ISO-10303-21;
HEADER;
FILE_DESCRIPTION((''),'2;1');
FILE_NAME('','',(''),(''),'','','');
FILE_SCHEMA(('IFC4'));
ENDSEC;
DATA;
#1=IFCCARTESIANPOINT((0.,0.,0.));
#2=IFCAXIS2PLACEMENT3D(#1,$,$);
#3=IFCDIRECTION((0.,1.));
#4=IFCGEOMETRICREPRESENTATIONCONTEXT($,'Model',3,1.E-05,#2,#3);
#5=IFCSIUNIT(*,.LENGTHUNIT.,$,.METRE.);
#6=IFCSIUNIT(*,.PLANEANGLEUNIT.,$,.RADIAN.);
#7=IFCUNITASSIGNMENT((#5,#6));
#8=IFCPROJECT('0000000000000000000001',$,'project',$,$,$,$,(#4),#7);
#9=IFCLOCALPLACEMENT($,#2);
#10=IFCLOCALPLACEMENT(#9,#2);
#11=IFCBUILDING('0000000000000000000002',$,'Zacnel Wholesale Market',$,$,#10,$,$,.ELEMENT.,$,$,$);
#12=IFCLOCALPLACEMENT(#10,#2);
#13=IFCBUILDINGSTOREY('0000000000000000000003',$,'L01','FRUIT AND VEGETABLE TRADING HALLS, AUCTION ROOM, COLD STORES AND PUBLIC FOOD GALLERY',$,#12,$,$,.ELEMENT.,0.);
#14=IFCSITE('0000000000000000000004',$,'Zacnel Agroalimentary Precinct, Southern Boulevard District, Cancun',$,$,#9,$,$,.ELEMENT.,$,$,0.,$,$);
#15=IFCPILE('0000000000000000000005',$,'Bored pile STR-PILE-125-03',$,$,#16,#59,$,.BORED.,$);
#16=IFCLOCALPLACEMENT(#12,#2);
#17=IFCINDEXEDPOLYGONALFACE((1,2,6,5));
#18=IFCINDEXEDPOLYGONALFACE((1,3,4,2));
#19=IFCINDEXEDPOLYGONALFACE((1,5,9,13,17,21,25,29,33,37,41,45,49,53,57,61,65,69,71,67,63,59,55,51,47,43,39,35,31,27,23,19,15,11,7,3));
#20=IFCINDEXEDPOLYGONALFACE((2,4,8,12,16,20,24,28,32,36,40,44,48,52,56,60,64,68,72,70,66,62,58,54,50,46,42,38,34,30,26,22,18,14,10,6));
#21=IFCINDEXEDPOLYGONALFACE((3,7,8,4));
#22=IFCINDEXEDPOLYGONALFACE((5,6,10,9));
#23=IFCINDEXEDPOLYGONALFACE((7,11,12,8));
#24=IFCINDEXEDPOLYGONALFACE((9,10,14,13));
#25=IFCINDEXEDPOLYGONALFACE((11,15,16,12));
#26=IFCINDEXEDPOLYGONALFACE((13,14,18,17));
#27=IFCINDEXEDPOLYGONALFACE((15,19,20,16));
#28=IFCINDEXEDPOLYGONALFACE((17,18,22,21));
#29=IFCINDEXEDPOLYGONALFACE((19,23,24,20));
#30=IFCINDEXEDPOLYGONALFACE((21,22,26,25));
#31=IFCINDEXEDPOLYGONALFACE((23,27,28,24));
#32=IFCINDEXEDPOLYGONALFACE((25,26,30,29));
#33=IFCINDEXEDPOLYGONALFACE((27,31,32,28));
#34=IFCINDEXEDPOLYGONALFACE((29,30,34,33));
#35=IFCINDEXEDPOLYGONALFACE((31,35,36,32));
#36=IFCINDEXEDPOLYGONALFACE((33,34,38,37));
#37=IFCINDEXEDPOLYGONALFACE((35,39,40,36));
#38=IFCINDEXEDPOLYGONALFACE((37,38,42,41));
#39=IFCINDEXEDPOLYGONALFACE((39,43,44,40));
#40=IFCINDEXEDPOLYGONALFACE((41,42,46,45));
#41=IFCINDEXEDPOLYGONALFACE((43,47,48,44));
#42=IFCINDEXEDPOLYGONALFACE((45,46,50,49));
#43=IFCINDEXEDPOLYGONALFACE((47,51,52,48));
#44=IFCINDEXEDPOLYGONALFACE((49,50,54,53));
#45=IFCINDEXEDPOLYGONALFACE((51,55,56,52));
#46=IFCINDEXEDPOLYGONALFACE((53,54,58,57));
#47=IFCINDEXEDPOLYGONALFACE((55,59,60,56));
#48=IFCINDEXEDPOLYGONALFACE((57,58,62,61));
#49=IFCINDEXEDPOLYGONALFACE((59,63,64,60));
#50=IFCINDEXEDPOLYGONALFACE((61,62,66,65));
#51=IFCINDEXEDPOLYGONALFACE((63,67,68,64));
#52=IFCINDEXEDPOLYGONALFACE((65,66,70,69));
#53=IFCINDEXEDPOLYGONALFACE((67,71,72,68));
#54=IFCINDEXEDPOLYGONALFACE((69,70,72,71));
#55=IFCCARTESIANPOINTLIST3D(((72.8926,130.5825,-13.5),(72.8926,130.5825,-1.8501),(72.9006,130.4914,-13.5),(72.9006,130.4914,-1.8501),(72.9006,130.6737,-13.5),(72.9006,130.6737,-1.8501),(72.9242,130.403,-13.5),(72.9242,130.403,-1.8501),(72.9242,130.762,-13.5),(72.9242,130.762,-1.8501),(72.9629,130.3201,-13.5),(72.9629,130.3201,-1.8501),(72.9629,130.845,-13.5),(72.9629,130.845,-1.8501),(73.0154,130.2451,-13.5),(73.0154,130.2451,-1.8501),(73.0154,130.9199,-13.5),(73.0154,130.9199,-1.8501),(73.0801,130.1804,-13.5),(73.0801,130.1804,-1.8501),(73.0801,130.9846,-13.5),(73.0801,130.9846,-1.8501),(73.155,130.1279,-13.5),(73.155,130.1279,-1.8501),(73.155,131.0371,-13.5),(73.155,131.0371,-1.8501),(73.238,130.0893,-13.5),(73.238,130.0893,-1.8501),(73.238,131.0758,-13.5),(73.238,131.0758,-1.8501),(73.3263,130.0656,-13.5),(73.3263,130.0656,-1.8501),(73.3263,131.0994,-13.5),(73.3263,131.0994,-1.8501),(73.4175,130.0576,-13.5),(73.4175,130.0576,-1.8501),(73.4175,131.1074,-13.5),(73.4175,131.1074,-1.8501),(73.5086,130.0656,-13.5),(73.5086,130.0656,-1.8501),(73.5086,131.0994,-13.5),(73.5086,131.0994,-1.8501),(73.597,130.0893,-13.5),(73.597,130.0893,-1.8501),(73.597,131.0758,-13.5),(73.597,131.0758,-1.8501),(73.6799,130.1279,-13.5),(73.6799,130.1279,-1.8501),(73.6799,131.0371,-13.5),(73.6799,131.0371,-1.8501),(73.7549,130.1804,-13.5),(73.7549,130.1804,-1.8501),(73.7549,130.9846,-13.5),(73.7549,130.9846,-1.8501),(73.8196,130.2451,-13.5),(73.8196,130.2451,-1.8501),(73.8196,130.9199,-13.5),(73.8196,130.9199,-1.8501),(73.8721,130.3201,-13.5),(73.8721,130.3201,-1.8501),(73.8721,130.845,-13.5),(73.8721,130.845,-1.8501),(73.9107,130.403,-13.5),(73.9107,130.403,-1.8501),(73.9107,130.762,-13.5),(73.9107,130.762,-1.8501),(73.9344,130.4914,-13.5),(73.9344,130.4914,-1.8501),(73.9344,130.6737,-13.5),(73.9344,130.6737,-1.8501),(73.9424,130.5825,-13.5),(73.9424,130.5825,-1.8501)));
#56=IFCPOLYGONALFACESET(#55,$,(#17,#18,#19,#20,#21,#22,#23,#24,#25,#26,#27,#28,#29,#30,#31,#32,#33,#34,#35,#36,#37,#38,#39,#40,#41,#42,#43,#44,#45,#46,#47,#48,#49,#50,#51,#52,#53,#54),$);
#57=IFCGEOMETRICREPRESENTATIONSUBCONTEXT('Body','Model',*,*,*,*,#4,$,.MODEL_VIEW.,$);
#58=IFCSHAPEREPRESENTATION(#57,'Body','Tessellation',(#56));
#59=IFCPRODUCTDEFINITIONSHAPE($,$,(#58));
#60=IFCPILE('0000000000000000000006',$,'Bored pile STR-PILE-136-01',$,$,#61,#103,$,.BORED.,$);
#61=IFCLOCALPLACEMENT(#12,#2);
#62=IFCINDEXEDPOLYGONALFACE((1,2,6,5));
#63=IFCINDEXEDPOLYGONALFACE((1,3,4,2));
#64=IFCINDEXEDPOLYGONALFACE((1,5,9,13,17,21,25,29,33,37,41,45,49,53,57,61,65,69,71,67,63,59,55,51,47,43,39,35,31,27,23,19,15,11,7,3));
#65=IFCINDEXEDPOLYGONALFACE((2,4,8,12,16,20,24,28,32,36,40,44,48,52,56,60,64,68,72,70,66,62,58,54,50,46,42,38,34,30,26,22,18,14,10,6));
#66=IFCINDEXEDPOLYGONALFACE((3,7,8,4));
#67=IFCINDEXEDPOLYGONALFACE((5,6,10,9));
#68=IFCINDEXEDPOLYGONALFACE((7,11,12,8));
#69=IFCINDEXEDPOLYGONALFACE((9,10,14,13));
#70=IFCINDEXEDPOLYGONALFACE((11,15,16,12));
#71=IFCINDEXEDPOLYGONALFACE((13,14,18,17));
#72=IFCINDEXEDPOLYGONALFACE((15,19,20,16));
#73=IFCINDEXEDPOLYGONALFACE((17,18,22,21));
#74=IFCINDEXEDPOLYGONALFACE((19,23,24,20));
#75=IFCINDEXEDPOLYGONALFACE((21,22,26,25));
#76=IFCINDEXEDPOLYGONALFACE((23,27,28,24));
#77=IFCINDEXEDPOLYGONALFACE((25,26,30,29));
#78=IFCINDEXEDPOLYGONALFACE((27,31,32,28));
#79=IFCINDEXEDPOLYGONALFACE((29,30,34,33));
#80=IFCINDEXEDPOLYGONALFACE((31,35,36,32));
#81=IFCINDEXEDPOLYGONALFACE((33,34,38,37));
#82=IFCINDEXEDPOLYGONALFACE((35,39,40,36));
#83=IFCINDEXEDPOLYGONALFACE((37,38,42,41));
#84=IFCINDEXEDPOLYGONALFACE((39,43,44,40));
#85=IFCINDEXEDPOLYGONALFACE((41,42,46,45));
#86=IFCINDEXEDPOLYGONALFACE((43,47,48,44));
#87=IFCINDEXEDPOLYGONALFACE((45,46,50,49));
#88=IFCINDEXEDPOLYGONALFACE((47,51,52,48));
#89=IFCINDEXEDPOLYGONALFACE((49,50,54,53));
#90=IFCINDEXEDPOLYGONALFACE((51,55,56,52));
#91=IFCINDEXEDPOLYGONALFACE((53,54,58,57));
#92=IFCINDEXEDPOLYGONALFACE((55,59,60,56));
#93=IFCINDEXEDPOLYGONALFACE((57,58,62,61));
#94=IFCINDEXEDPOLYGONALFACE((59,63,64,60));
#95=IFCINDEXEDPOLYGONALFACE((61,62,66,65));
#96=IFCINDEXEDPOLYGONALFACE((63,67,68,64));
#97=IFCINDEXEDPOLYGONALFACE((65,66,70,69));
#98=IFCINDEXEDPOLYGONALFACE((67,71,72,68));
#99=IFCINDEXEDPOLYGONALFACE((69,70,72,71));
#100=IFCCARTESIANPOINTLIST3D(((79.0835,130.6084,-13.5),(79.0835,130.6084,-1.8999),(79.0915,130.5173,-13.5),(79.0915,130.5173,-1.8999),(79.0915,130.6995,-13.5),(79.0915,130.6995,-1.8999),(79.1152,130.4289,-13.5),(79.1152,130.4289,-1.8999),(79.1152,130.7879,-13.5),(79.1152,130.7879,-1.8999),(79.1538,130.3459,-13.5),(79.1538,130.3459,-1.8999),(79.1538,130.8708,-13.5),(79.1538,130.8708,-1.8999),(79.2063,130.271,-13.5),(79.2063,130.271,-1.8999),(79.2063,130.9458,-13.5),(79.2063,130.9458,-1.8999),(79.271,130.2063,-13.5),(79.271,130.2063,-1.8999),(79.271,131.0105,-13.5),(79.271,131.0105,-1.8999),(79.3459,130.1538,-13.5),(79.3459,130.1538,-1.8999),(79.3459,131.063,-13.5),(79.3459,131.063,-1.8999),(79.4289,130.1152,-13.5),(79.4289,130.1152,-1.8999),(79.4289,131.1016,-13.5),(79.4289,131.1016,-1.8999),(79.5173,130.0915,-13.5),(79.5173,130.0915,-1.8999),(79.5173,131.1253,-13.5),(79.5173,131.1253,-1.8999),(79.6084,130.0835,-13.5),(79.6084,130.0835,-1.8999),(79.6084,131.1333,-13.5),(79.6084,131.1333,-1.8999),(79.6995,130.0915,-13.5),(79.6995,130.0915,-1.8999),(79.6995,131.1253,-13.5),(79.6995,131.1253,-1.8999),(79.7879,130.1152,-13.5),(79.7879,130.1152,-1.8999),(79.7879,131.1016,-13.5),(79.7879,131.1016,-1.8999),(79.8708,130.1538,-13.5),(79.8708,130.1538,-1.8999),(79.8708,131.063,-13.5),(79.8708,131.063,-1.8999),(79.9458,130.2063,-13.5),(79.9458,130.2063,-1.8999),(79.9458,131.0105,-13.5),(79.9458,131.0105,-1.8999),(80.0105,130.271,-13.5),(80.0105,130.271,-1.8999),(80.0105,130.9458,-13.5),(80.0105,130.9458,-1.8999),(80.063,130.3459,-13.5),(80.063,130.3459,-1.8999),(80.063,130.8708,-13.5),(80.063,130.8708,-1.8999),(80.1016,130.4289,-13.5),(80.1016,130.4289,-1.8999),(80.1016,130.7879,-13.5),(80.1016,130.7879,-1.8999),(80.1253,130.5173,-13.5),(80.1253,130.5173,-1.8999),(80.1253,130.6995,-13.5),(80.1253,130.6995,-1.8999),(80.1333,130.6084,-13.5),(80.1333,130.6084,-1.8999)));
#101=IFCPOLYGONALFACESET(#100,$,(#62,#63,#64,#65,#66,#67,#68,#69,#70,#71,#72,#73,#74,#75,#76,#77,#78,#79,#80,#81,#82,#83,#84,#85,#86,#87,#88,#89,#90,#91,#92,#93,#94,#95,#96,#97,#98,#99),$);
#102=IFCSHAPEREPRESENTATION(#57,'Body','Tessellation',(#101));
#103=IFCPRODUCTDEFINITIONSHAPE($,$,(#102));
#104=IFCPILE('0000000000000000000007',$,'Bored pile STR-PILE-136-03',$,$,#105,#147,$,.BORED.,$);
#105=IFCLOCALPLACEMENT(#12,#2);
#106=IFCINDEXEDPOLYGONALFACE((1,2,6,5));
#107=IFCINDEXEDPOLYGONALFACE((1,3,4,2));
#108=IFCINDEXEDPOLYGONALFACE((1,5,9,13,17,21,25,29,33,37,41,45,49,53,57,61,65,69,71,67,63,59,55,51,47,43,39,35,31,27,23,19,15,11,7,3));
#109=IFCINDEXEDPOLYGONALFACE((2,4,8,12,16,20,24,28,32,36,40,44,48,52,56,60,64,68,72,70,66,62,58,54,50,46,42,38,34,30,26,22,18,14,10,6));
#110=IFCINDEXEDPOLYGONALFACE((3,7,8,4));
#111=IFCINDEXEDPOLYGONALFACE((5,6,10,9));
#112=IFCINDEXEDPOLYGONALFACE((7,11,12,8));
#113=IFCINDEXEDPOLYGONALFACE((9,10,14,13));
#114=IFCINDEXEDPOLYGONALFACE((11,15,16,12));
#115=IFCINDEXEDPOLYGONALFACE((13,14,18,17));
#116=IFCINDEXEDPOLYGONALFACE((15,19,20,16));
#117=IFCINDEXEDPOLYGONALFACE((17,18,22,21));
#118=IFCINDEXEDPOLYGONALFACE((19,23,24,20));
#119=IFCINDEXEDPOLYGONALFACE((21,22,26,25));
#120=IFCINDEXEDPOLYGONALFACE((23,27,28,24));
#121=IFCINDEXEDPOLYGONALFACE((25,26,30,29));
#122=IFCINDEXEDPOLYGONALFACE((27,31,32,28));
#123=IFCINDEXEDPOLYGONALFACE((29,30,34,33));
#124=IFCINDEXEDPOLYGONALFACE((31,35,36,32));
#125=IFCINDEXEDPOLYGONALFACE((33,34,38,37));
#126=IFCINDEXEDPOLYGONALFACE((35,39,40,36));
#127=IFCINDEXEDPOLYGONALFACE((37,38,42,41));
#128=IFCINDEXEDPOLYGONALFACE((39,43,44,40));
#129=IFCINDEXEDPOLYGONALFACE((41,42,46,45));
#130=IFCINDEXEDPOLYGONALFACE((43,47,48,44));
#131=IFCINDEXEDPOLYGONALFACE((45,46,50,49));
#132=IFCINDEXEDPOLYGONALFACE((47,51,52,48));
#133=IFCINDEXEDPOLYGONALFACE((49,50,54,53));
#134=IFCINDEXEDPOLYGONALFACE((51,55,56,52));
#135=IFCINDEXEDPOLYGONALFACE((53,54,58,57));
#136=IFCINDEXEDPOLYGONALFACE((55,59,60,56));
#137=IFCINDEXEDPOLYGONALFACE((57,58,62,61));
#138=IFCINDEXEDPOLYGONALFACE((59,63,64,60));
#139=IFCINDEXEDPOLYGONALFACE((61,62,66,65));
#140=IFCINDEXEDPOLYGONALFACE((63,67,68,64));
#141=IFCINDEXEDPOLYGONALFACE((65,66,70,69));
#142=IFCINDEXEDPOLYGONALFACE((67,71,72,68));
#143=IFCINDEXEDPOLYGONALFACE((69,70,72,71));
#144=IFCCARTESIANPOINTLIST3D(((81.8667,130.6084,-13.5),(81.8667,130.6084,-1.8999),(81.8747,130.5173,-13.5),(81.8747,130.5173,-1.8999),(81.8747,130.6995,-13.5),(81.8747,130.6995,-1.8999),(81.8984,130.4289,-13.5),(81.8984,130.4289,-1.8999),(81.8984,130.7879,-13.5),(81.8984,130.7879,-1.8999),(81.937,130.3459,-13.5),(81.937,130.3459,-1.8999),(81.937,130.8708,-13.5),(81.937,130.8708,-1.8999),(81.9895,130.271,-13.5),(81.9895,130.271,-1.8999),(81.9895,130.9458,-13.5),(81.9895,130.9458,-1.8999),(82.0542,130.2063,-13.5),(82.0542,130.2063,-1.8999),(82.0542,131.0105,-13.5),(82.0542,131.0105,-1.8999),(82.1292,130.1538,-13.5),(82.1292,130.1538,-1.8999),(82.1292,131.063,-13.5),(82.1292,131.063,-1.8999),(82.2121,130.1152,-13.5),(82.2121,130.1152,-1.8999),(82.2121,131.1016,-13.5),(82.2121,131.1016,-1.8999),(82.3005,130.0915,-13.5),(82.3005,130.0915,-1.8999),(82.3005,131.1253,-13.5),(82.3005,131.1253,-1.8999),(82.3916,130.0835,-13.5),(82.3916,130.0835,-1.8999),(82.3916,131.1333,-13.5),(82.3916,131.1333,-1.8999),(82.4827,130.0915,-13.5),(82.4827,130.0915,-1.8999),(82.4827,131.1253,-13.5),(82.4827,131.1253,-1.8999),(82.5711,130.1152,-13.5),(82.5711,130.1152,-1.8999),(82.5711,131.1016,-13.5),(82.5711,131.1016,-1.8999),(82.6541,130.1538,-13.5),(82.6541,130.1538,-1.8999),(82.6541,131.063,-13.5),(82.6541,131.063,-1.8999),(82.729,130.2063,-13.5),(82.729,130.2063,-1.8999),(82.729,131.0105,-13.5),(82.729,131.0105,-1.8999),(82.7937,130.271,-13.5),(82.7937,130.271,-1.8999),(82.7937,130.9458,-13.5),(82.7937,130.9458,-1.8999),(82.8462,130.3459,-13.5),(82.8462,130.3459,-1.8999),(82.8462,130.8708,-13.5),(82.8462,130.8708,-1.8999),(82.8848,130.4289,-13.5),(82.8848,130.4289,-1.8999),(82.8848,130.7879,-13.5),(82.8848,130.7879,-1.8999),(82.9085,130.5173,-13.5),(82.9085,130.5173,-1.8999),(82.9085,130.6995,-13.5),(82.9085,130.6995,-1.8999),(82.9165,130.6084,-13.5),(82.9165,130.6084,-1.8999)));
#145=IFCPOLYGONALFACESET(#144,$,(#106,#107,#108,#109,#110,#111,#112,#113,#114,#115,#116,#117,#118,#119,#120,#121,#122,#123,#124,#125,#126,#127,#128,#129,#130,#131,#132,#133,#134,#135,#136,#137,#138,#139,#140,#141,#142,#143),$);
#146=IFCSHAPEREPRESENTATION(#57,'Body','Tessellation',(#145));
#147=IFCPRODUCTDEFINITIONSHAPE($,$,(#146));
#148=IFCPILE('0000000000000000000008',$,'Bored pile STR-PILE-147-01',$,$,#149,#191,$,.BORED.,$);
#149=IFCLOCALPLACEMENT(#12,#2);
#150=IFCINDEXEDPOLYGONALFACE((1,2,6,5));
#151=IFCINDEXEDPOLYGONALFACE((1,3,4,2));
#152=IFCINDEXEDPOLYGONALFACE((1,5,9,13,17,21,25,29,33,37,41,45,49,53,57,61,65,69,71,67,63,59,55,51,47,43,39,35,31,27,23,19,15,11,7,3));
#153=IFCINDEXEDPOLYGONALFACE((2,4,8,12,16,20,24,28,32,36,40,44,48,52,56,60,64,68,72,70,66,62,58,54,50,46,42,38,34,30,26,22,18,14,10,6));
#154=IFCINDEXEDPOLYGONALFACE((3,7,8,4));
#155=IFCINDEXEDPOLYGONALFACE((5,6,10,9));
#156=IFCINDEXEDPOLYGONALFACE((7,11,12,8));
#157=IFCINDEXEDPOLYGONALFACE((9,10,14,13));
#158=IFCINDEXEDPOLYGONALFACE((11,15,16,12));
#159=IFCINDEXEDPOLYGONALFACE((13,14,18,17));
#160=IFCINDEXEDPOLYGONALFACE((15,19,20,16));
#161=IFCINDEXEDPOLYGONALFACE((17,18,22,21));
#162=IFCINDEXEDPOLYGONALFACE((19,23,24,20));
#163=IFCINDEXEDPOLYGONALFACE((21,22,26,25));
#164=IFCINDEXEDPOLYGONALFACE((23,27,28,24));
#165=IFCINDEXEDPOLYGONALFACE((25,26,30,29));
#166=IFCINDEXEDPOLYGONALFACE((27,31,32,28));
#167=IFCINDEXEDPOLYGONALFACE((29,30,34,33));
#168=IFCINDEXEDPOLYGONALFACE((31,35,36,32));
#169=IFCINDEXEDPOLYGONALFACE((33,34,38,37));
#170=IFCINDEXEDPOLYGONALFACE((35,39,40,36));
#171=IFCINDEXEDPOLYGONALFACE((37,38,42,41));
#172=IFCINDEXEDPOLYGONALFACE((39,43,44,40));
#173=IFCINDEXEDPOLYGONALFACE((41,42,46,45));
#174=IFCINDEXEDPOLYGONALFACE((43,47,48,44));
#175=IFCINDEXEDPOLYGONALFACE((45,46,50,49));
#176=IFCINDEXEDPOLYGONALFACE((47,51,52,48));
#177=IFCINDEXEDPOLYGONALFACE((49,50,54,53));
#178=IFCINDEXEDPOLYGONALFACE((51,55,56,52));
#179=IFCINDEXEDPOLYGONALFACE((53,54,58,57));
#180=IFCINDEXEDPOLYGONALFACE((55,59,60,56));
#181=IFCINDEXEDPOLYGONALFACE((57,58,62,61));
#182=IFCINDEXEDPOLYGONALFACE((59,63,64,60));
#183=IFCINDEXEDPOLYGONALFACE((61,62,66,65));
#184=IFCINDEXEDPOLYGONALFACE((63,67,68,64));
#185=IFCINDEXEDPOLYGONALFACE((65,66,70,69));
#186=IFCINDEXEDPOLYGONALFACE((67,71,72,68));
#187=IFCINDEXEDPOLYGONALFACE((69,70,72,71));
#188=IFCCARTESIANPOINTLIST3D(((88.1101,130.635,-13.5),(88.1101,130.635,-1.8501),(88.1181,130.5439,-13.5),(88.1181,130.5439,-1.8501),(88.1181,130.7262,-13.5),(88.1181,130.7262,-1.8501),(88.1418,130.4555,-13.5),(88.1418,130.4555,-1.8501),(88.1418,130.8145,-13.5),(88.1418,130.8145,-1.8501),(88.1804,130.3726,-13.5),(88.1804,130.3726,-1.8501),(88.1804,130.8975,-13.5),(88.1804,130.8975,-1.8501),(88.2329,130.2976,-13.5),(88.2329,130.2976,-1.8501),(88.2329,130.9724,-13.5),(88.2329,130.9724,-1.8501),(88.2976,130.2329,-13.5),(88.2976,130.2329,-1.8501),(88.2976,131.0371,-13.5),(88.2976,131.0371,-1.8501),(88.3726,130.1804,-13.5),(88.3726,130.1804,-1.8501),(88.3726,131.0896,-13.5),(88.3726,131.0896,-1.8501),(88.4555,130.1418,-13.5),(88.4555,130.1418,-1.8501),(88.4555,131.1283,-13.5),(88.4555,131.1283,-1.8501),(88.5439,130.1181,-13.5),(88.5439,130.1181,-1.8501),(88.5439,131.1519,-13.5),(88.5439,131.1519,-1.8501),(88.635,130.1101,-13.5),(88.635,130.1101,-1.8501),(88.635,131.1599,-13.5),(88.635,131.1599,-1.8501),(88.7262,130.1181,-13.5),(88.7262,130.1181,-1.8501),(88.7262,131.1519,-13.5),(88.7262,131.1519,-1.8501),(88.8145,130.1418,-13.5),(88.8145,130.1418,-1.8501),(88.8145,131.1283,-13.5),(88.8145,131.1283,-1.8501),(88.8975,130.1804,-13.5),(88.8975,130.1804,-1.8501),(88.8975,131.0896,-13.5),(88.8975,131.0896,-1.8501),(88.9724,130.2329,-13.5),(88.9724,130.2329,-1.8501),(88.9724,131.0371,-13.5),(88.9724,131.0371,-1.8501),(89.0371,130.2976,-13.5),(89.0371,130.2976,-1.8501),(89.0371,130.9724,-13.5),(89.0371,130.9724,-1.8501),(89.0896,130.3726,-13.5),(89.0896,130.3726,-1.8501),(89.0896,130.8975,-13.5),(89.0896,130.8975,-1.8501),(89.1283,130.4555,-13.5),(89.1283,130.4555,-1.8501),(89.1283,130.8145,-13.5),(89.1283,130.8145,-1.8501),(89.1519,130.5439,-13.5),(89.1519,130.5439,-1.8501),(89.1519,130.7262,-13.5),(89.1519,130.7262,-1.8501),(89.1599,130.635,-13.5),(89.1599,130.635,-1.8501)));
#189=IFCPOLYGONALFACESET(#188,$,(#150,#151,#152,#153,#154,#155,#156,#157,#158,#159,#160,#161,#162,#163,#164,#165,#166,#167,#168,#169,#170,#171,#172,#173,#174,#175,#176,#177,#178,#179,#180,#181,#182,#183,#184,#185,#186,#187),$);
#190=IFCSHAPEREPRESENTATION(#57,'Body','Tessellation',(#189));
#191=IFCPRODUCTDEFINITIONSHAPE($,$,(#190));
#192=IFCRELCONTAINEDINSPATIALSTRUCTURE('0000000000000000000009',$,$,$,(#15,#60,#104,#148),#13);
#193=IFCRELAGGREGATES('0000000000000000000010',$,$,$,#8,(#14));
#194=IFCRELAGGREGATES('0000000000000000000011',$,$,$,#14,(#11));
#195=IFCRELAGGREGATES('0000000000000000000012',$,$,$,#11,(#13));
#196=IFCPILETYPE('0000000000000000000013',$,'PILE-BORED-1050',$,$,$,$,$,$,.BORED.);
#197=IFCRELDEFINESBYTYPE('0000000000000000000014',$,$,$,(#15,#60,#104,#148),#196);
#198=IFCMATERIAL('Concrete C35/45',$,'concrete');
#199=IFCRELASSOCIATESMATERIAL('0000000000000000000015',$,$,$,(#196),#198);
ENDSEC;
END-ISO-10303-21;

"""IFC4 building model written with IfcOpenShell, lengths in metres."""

from ifc_helpers import new_model, si_unit, direction, frame, origin, origin_2d, place, context, subcontext, project, spatial, circle, extrude, material, material_profile, profile_set, type_object, element, save


model = new_model("IFC4")

# Units and contexts
model_context = context("Model", 3, precision=1e-05, world=origin(), true_north=direction((0.0, 1.0)))
body_context = subcontext(model_context, "Body", "Model", "MODEL_VIEW")
ifc_project = project(units=[si_unit("LENGTHUNIT", "METRE"), si_unit("PLANEANGLEUNIT", "RADIAN")], contexts=[model_context])

# Site, building, storey
site_placement = place(None, origin())
site = spatial("IfcSite", under=ifc_project, at=site_placement, Name="Zacnel Agroalimentary Precinct, Southern Boulevard District, Cancun", CompositionType="ELEMENT", RefElevation=0.0)
building_placement = place(site_placement, origin())
building = spatial("IfcBuilding", under=site, at=building_placement, Name="Zacnel Wholesale Market", CompositionType="ELEMENT")
storey_placement = place(building_placement, origin())
storey = spatial("IfcBuildingStorey", under=building, at=storey_placement, Name="L01", Description="FRUIT AND VEGETABLE TRADING HALLS, AUCTION ROOM, COLD STORES AND PUBLIC FOOD GALLERY", CompositionType="ELEMENT", Elevation=0.0)

# Piles
ifc_material_1 = material(Name="Concrete C35/45", Category="concrete")
ifc_material_profile_1 = material_profile(ifc_material_1, circle(Radius=0.5249, at=origin_2d()), Name="BORED PILE D1050")
ifc_profile_set_1 = profile_set([ifc_material_profile_1], Name="Concrete C35/45")
pile_type_1 = type_object("IfcPileType", Name="PILE-BORED-1050", PredefinedType="BORED", material=ifc_profile_set_1)
for number, where, z_axis, x_axis, name in (
    (1, (73.4175, 130.5825, -1.8501), (0.0, 0.0, -1.0), (1.0, 0.0, 0.0), "Bored pile STR-PILE-125-03"),
):
    element("IfcPile", number, at=place(storey_placement, frame(where, z_axis=z_axis, x_axis=x_axis)), inside=storey, type_object=pile_type_1, Name=name, PredefinedType="BORED", context=body_context, shape_type="SweptSolid", body=[
        extrude(circle(Radius=0.5249, at=origin_2d()), origin(), (0.0, 0.0, 1.0), 11.6499),
    ])
for number, where, z_axis, x_axis, name in (
    (2, (79.6084, 130.6084, -1.8999), (0.0, 0.0, -1.0), (1.0, 0.0, 0.0), "Bored pile STR-PILE-136-01"),
    (3, (82.3916, 130.6084, -1.8999), (0.0, 0.0, -1.0), (1.0, 0.0, 0.0), "Bored pile STR-PILE-136-03"),
):
    element("IfcPile", number, at=place(storey_placement, frame(where, z_axis=z_axis, x_axis=x_axis)), inside=storey, type_object=pile_type_1, Name=name, PredefinedType="BORED", context=body_context, shape_type="SweptSolid", body=[
        extrude(circle(Radius=0.5249, at=origin_2d()), origin(), (0.0, 0.0, 1.0), 11.6001),
    ])
for number, where, z_axis, x_axis, name in (
    (4, (88.635, 130.635, -1.8501), (0.0, 0.0, -1.0), (1.0, 0.0, 0.0), "Bored pile STR-PILE-147-01"),
):
    element("IfcPile", number, at=place(storey_placement, frame(where, z_axis=z_axis, x_axis=x_axis)), inside=storey, type_object=pile_type_1, Name=name, PredefinedType="BORED", context=body_context, shape_type="SweptSolid", body=[
        extrude(circle(Radius=0.5249, at=origin_2d()), origin(), (0.0, 0.0, 1.0), 11.6499),
    ])

save(model, "model.ifc")
